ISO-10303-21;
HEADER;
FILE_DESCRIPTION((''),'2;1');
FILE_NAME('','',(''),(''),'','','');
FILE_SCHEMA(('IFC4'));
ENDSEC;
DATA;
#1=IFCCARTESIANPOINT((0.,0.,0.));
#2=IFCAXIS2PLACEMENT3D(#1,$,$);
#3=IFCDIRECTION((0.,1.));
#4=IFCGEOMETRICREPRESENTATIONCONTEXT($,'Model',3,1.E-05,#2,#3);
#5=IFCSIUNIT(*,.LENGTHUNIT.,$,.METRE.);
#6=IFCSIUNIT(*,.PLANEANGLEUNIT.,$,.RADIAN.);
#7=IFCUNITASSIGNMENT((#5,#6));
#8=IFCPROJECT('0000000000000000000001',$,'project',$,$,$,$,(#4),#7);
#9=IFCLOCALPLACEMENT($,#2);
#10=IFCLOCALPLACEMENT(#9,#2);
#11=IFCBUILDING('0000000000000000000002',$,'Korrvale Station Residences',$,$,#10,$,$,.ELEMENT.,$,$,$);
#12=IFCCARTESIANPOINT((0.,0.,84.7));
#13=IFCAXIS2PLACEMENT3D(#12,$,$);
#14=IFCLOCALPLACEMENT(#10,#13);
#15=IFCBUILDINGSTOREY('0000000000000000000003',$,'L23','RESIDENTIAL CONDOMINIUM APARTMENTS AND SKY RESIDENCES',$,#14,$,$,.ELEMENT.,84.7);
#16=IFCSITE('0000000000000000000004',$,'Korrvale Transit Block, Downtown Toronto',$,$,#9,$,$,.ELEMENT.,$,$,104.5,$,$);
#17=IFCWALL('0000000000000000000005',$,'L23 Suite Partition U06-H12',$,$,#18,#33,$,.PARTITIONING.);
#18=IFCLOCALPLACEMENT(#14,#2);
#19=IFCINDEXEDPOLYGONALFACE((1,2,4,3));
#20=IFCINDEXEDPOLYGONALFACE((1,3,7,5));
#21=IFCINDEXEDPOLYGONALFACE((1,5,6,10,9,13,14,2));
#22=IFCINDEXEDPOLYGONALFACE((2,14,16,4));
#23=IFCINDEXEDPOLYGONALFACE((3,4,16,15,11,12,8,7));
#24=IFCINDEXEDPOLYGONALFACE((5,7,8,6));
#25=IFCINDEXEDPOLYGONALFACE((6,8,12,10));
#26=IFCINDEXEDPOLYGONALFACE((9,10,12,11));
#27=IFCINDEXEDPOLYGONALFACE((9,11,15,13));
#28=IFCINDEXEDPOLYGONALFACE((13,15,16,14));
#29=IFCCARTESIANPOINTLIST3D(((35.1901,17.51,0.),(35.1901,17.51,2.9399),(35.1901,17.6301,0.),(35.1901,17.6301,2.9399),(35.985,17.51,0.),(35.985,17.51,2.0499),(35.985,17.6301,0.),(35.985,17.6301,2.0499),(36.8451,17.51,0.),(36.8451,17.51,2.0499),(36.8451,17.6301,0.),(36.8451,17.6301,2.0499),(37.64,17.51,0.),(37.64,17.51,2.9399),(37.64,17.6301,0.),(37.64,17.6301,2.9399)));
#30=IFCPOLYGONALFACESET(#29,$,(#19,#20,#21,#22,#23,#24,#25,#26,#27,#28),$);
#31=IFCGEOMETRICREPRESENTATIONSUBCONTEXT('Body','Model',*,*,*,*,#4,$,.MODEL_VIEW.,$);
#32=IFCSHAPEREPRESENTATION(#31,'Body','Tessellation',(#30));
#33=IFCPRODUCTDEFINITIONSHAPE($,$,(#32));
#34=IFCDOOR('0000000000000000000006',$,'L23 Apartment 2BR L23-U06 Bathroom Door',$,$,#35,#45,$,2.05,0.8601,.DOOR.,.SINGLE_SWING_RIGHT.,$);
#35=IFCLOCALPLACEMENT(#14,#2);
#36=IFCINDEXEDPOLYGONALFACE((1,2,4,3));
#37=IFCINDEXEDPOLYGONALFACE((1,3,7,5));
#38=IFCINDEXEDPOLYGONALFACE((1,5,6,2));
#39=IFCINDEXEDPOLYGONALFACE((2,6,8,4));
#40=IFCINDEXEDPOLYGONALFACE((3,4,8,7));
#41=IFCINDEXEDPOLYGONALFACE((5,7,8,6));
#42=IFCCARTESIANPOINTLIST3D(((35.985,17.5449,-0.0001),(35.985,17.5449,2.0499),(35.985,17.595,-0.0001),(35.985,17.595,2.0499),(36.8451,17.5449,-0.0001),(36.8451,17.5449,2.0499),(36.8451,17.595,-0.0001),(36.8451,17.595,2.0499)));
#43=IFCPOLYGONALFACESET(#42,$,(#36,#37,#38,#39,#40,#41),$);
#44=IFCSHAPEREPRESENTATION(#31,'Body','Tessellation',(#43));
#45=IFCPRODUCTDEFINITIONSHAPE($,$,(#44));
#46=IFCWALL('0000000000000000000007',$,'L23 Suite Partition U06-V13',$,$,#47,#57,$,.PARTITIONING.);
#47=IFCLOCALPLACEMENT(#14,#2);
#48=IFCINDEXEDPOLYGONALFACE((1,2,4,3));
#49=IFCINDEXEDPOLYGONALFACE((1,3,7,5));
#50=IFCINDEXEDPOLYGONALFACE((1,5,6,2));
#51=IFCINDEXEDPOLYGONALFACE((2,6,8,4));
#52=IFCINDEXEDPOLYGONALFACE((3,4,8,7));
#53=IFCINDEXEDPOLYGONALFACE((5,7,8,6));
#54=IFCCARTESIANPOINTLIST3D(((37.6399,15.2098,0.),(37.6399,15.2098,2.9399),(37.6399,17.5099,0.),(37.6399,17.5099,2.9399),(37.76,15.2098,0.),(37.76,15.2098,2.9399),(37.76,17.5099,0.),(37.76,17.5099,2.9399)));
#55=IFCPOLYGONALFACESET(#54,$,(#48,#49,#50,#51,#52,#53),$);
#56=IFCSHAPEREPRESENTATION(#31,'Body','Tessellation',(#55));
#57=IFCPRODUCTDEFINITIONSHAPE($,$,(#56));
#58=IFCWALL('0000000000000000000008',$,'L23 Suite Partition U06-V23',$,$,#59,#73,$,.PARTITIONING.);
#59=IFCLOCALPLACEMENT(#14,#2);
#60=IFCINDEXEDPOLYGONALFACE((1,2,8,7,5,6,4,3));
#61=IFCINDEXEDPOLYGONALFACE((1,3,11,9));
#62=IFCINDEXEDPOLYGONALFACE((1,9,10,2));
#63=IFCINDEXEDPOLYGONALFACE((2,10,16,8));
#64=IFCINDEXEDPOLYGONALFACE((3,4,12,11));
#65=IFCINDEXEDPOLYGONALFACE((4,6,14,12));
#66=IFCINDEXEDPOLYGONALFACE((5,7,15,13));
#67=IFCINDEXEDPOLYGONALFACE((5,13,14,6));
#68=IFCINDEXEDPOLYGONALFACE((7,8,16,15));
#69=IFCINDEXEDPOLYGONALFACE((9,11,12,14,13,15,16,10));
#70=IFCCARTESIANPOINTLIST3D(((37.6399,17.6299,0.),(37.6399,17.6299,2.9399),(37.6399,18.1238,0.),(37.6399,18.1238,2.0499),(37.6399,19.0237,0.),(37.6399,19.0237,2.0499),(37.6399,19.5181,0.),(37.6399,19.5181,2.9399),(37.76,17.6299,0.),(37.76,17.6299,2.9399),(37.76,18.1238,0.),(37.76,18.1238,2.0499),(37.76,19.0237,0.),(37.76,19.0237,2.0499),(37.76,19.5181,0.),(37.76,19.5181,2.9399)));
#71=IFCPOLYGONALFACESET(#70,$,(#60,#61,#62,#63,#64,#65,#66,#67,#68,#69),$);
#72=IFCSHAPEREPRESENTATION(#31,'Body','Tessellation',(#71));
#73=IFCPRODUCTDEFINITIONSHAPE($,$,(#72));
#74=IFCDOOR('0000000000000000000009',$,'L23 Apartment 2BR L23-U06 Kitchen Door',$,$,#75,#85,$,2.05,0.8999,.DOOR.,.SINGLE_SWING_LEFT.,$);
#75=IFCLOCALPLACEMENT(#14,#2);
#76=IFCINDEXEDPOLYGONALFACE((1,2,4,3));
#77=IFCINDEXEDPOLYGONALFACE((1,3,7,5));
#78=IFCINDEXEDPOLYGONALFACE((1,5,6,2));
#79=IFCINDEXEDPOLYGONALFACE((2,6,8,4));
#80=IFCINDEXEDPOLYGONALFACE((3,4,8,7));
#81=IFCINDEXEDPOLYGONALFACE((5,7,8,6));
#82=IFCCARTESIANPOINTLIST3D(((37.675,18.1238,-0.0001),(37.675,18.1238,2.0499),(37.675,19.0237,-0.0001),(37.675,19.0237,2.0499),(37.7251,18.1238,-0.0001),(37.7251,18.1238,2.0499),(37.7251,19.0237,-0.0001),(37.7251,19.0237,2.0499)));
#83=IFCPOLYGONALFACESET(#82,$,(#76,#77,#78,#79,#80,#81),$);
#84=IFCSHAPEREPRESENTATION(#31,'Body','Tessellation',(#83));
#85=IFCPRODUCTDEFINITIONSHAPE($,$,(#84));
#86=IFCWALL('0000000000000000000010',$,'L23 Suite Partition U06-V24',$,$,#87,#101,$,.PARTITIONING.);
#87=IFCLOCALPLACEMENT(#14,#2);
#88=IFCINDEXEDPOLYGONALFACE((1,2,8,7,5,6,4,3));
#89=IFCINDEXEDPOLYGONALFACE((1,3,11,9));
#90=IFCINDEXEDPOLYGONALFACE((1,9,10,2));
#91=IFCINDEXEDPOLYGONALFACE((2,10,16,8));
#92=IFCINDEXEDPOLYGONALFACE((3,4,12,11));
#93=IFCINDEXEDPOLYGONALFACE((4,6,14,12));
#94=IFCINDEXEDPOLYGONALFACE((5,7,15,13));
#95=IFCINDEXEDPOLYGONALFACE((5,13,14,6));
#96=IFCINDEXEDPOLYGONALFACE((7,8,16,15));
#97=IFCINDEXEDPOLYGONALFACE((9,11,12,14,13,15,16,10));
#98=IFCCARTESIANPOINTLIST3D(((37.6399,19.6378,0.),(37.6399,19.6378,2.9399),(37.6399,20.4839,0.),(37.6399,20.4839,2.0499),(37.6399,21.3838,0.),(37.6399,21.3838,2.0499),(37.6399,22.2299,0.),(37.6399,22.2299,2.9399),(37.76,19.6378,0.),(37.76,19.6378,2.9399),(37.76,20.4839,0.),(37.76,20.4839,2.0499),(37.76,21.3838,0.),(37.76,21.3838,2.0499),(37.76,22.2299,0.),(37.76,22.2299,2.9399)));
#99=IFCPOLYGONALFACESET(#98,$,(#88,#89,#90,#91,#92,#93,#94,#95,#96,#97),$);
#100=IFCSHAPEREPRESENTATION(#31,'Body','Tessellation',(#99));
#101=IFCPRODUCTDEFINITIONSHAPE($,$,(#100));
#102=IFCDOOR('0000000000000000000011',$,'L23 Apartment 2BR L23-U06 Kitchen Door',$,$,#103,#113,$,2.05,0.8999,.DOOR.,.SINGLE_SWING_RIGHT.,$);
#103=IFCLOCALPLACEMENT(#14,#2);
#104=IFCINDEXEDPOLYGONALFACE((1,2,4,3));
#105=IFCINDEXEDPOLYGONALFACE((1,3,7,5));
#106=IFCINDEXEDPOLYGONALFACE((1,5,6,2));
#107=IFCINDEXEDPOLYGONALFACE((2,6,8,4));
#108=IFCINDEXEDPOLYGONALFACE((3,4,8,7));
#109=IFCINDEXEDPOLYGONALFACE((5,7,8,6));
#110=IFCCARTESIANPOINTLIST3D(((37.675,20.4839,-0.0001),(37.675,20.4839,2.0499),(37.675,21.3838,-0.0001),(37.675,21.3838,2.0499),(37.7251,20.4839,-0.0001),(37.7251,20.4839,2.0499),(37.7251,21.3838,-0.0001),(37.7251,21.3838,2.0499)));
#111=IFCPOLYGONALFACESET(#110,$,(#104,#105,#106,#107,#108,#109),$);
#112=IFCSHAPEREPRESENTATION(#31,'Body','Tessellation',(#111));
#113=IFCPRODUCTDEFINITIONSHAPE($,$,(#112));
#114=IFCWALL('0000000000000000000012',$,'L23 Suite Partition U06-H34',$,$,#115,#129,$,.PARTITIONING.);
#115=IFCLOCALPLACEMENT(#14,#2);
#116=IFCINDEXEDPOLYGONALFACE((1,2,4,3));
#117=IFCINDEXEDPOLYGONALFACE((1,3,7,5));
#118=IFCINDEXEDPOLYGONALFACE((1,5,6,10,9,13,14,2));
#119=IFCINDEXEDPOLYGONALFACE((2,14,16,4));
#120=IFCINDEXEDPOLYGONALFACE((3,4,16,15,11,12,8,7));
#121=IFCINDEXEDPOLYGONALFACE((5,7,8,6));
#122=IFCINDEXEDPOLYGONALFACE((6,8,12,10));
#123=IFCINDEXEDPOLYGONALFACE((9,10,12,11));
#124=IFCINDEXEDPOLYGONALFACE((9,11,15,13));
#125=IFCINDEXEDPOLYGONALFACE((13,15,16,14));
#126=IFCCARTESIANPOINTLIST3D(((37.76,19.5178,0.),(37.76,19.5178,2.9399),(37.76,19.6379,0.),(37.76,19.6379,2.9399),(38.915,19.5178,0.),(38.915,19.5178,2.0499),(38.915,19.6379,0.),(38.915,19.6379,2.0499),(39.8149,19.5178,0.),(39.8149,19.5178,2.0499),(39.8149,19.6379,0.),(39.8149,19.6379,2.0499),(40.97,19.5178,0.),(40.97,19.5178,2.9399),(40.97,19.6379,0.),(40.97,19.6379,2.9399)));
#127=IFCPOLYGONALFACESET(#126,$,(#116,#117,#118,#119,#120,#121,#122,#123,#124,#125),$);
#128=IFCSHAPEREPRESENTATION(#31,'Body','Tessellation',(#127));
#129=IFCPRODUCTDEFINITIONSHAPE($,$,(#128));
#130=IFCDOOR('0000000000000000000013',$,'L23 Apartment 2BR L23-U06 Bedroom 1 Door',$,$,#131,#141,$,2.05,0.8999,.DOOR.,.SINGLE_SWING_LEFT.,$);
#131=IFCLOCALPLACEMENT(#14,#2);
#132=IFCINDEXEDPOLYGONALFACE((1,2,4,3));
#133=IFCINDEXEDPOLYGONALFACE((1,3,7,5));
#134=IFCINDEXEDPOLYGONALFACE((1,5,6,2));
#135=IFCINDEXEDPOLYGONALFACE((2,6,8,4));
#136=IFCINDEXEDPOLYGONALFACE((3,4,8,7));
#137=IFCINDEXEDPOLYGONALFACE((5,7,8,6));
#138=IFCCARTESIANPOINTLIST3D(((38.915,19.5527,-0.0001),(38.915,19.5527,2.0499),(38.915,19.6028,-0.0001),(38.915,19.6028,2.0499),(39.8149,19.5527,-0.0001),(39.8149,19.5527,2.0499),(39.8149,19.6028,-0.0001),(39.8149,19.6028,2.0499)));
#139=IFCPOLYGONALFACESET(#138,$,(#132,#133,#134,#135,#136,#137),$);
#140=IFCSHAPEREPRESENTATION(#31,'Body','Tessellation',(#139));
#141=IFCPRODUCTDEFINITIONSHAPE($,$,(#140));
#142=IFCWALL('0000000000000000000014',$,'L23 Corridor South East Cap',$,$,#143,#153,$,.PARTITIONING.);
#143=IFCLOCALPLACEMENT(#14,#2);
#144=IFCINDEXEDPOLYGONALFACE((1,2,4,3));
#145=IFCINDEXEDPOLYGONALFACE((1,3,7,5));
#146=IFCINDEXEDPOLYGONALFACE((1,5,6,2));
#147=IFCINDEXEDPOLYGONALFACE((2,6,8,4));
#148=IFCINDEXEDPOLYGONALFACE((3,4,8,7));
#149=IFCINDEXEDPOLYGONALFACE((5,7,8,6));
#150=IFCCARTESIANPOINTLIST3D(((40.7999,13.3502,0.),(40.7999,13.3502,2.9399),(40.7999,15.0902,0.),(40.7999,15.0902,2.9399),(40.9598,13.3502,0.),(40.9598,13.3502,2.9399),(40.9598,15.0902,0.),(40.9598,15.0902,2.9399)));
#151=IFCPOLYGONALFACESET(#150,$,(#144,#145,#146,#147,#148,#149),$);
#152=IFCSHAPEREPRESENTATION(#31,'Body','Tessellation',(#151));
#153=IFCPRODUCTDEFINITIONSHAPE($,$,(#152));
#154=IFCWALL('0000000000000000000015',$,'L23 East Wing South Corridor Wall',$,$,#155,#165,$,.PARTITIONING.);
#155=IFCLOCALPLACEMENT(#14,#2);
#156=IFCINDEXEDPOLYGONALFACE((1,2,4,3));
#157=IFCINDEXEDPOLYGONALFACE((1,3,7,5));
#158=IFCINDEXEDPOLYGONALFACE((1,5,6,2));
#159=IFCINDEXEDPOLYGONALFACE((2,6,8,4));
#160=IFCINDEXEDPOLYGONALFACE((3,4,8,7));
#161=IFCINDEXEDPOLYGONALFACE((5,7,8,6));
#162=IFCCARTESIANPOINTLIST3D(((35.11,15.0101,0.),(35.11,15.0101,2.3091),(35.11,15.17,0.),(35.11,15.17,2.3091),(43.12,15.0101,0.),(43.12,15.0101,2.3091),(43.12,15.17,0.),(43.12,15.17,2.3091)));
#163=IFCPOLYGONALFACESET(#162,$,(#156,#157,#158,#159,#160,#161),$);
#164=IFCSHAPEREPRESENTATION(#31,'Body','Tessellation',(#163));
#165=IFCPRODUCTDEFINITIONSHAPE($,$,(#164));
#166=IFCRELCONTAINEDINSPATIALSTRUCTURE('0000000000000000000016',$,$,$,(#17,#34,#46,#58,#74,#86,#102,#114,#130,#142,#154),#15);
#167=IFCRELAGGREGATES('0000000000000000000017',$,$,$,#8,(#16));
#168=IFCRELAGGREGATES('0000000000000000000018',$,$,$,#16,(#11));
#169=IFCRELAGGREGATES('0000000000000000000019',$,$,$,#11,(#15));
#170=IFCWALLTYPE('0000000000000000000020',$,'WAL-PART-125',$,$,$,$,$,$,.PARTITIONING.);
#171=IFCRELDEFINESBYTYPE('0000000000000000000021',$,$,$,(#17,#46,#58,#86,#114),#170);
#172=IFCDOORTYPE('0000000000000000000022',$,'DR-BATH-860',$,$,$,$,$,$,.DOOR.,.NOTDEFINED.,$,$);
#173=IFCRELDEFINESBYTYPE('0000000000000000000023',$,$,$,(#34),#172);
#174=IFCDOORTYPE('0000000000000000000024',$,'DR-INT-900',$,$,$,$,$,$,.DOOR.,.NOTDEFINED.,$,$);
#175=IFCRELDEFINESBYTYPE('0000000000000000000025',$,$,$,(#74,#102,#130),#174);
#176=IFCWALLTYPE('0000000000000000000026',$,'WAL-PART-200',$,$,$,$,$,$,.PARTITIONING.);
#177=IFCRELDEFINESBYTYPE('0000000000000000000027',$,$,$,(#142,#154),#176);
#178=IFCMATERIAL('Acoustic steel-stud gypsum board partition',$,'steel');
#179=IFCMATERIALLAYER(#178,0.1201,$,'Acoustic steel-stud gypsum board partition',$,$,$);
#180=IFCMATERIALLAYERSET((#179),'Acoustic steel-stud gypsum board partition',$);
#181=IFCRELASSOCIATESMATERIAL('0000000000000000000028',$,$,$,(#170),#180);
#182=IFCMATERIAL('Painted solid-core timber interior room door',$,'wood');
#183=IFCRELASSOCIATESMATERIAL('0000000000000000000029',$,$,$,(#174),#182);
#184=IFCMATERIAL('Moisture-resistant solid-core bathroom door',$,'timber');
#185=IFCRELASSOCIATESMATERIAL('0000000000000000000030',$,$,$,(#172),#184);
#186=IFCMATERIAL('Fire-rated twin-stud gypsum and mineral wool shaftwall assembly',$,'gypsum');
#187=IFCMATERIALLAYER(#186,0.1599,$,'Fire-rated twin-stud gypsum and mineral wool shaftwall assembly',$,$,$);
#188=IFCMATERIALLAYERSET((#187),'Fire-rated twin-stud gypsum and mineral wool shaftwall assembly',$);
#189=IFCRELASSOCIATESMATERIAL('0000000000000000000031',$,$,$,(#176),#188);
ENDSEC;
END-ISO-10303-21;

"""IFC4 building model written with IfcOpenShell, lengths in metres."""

from ifc_helpers import new_model, si_unit, direction, frame, frame_2d, origin, place, context, subcontext, project, spatial, rectangle, extrude, material, layer, layer_set, type_object, element, fill, save


model = new_model("IFC4")

# Units and contexts
model_context = context("Model", 3, precision=1e-05, world=origin(), true_north=direction((0.0, 1.0)))
body_context = subcontext(model_context, "Body", "Model", "MODEL_VIEW")
ifc_project = project(units=[si_unit("LENGTHUNIT", "METRE"), si_unit("PLANEANGLEUNIT", "RADIAN")], contexts=[model_context])

# Site, building, storey
site_placement = place(None, origin())
site = spatial("IfcSite", under=ifc_project, at=site_placement, Name="Korrvale Transit Block, Downtown Toronto", CompositionType="ELEMENT", RefElevation=104.5)
building_placement = place(site_placement, origin())
building = spatial("IfcBuilding", under=site, at=building_placement, Name="Korrvale Station Residences", CompositionType="ELEMENT")
storey_placement = place(building_placement, frame((0.0, 0.0, 84.7)))
storey = spatial("IfcBuildingStorey", under=building, at=storey_placement, Name="L23", Description="RESIDENTIAL CONDOMINIUM APARTMENTS AND SKY RESIDENCES", CompositionType="ELEMENT", Elevation=84.7)

# Wall, opening, door
ifc_material_1 = material(Name="Acoustic steel-stud gypsum board partition", Category="steel")
ifc_layer_1 = layer(ifc_material_1, 0.1201, Name="Acoustic steel-stud gypsum board partition")
ifc_layer_set_1 = layer_set([ifc_layer_1], Name="Acoustic steel-stud gypsum board partition")
wall_type_1 = type_object("IfcWallType", Name="WAL-PART-125", PredefinedType="PARTITIONING", material=ifc_layer_set_1)
ifc_material_2 = material(Name="Painted solid-core timber interior room door", Category="wood")
door_type_1 = type_object("IfcDoorType", Name="DR-INT-900", OperationType="NOTDEFINED", PredefinedType="DOOR", material=ifc_material_2)
wall_1_placement = place(storey_placement, frame((35.1899, 17.5701, 0.0), z_axis=(0.0, 0.0, 1.0), x_axis=(1.0, 0.0, 0.0)))
wall_1 = element("IfcWall", 1, at=wall_1_placement, inside=storey, type_object=wall_type_1, Name="L23 Suite Partition U06-H12", PredefinedType="PARTITIONING", context=body_context, shape_type="SweptSolid", body=[
    extrude(rectangle(XDim=2.45, YDim=0.1201, at=frame_2d((1.2251, 0.0))), origin(), (0.0, 0.0, 1.0), 2.9399),
])
opening_1_placement = place(wall_1_placement, frame((0.7949, 0.0, 0.0)))
opening_1 = element("IfcOpeningElement", 2, at=opening_1_placement, cuts=wall_1, PredefinedType="OPENING", context=body_context, shape_type="SweptSolid", body=[
    extrude(rectangle(XDim=0.8601, YDim=2.05, at=frame_2d((0.4302, 1.0249))), frame((0.0, 0.0701, 0.0), z_axis=(0.0, -1.0, 0.0), x_axis=(1.0, 0.0, 0.0)), (0.0, 0.0, 1.0), 0.1401),
])
ifc_material_3 = material(Name="Moisture-resistant solid-core bathroom door", Category="timber")
door_type_2 = type_object("IfcDoorType", Name="DR-BATH-860", OperationType="NOTDEFINED", PredefinedType="DOOR", material=ifc_material_3)
door_1_placement = place(opening_1_placement, origin())
door_1 = element("IfcDoor", 3, at=door_1_placement, inside=storey, type_object=door_type_2, Name="L23 Apartment 2BR L23-U06 Bathroom Door", OperationType="SINGLE_SWING_RIGHT", OverallHeight=2.05, OverallWidth=0.8601, PredefinedType="DOOR", context=body_context, shape_type="SweptSolid", body=[
    extrude(rectangle(XDim=0.8601, YDim=2.05, at=frame_2d((0.4302, 1.0249))), frame((0.0, 0.0249, 0.0), z_axis=(0.0, -1.0, 0.0), x_axis=(1.0, 0.0, 0.0)), (0.0, 0.0, 1.0), 0.05),
])
fill(opening_1, door_1)

# Wall
wall_2_placement = place(storey_placement, frame((37.7, 15.21, 0.0), z_axis=(0.0, 0.0, 1.0), x_axis=(0.0, 1.0, 0.0)))
element("IfcWall", 4, at=wall_2_placement, inside=storey, type_object=wall_type_1, Name="L23 Suite Partition U06-V13", PredefinedType="PARTITIONING", context=body_context, shape_type="SweptSolid", body=[
    extrude(rectangle(XDim=2.3, YDim=0.1201, at=frame_2d((1.1499, 0.0))), origin(), (0.0, 0.0, 1.0), 2.9399),
])

# Walls, openings, doors
wall_3_placement = place(storey_placement, frame((37.7, 17.6299, 0.0), z_axis=(0.0, 0.0, 1.0), x_axis=(0.0, 1.0, 0.0)))
wall_3 = element("IfcWall", 5, at=wall_3_placement, inside=storey, type_object=wall_type_1, Name="L23 Suite Partition U06-V23", PredefinedType="PARTITIONING", context=body_context, shape_type="SweptSolid", body=[
    extrude(rectangle(XDim=1.8882, YDim=0.1201, at=frame_2d((0.9441, 0.0))), origin(), (0.0, 0.0, 1.0), 2.9399),
])
opening_2_placement = place(wall_3_placement, frame((0.4939, 0.0, 0.0)))
opening_2 = element("IfcOpeningElement", 6, at=opening_2_placement, cuts=wall_3, PredefinedType="OPENING", context=body_context, shape_type="SweptSolid", body=[
    extrude(rectangle(XDim=0.8999, YDim=2.05, at=frame_2d((0.45, 1.0249))), frame((0.0, 0.0701, 0.0), z_axis=(0.0, -1.0, 0.0), x_axis=(1.0, 0.0, 0.0)), (0.0, 0.0, 1.0), 0.1401),
])
door_2_placement = place(opening_2_placement, origin())
door_2 = element("IfcDoor", 7, at=door_2_placement, inside=storey, type_object=door_type_1, Name="L23 Apartment 2BR L23-U06 Kitchen Door", OperationType="SINGLE_SWING_LEFT", OverallHeight=2.05, OverallWidth=0.8999, PredefinedType="DOOR", context=body_context, shape_type="SweptSolid", body=[
    extrude(rectangle(XDim=0.8999, YDim=2.05, at=frame_2d((0.45, 1.0249))), frame((0.0, 0.0249, 0.0), z_axis=(0.0, -1.0, 0.0), x_axis=(1.0, 0.0, 0.0)), (0.0, 0.0, 1.0), 0.05),
])
fill(opening_2, door_2)
wall_4_placement = place(storey_placement, frame((37.7, 19.6379, 0.0), z_axis=(0.0, 0.0, 1.0), x_axis=(0.0, 1.0, 0.0)))
wall_4 = element("IfcWall", 8, at=wall_4_placement, inside=storey, type_object=wall_type_1, Name="L23 Suite Partition U06-V24", PredefinedType="PARTITIONING", context=body_context, shape_type="SweptSolid", body=[
    extrude(rectangle(XDim=2.592, YDim=0.1201, at=frame_2d((1.2959, 0.0))), origin(), (0.0, 0.0, 1.0), 2.9399),
])
opening_3_placement = place(wall_4_placement, frame((0.8459, 0.0, 0.0)))
opening_3 = element("IfcOpeningElement", 9, at=opening_3_placement, cuts=wall_4, PredefinedType="OPENING", context=body_context, shape_type="SweptSolid", body=[
    extrude(rectangle(XDim=0.8999, YDim=2.05, at=frame_2d((0.45, 1.0249))), frame((0.0, 0.0701, 0.0), z_axis=(0.0, -1.0, 0.0), x_axis=(1.0, 0.0, 0.0)), (0.0, 0.0, 1.0), 0.1401),
])
door_3_placement = place(opening_3_placement, origin())
door_3 = element("IfcDoor", 10, at=door_3_placement, inside=storey, type_object=door_type_1, Name="L23 Apartment 2BR L23-U06 Kitchen Door", OperationType="SINGLE_SWING_RIGHT", OverallHeight=2.05, OverallWidth=0.8999, PredefinedType="DOOR", context=body_context, shape_type="SweptSolid", body=[
    extrude(rectangle(XDim=0.8999, YDim=2.05, at=frame_2d((0.45, 1.0249))), frame((0.0, 0.0249, 0.0), z_axis=(0.0, -1.0, 0.0), x_axis=(1.0, 0.0, 0.0)), (0.0, 0.0, 1.0), 0.05),
])
fill(opening_3, door_3)
wall_5_placement = place(storey_placement, frame((37.76, 19.5779, 0.0), z_axis=(0.0, 0.0, 1.0), x_axis=(1.0, 0.0, 0.0)))
wall_5 = element("IfcWall", 11, at=wall_5_placement, inside=storey, type_object=wall_type_1, Name="L23 Suite Partition U06-H34", PredefinedType="PARTITIONING", context=body_context, shape_type="SweptSolid", body=[
    extrude(rectangle(XDim=3.21, YDim=0.1201, at=frame_2d((1.605, 0.0))), origin(), (0.0, 0.0, 1.0), 2.9399),
])
opening_4_placement = place(wall_5_placement, frame((1.155, 0.0, 0.0)))
opening_4 = element("IfcOpeningElement", 12, at=opening_4_placement, cuts=wall_5, PredefinedType="OPENING", context=body_context, shape_type="SweptSolid", body=[
    extrude(rectangle(XDim=0.8999, YDim=2.05, at=frame_2d((0.45, 1.0249))), frame((0.0, 0.0701, 0.0), z_axis=(0.0, -1.0, 0.0), x_axis=(1.0, 0.0, 0.0)), (0.0, 0.0, 1.0), 0.1401),
])
door_4_placement = place(opening_4_placement, origin())
door_4 = element("IfcDoor", 13, at=door_4_placement, inside=storey, type_object=door_type_1, Name="L23 Apartment 2BR L23-U06 Bedroom 1 Door", OperationType="SINGLE_SWING_LEFT", OverallHeight=2.05, OverallWidth=0.8999, PredefinedType="DOOR", context=body_context, shape_type="SweptSolid", body=[
    extrude(rectangle(XDim=0.8999, YDim=2.05, at=frame_2d((0.45, 1.0249))), frame((0.0, 0.0249, 0.0), z_axis=(0.0, -1.0, 0.0), x_axis=(1.0, 0.0, 0.0)), (0.0, 0.0, 1.0), 0.05),
])
fill(opening_4, door_4)

# Walls
ifc_material_4 = material(Name="Fire-rated twin-stud gypsum and mineral wool shaftwall assembly", Category="gypsum")
ifc_layer_2 = layer(ifc_material_4, 0.1599, Name="Fire-rated twin-stud gypsum and mineral wool shaftwall assembly")
ifc_layer_set_2 = layer_set([ifc_layer_2], Name="Fire-rated twin-stud gypsum and mineral wool shaftwall assembly")
wall_type_2 = type_object("IfcWallType", Name="WAL-PART-200", PredefinedType="PARTITIONING", material=ifc_layer_set_2)
wall_6_placement = place(storey_placement, frame((40.8799, 13.3501, 0.0), z_axis=(0.0, 0.0, 1.0), x_axis=(0.0, 1.0, 0.0)))
element("IfcWall", 14, at=wall_6_placement, inside=storey, type_object=wall_type_2, Name="L23 Corridor South East Cap", PredefinedType="PARTITIONING", context=body_context, shape_type="SweptSolid", body=[
    extrude(rectangle(XDim=1.74, YDim=0.1599, at=frame_2d((0.8701, 0.0))), origin(), (0.0, 0.0, 1.0), 2.9399),
])
wall_7_placement = place(storey_placement, frame((35.1101, 15.0901, 0.0), z_axis=(0.0, 0.0, 1.0), x_axis=(1.0, 0.0, 0.0)))
element("IfcWall", 15, at=wall_7_placement, inside=storey, type_object=wall_type_2, Name="L23 East Wing South Corridor Wall", PredefinedType="PARTITIONING", context=body_context, shape_type="SweptSolid", body=[
    extrude(rectangle(XDim=8.01, YDim=0.1599, at=frame_2d((4.0049, 0.0))), origin(), (0.0, 0.0, 1.0), 2.3091),
])

save(model, "model.ifc")
